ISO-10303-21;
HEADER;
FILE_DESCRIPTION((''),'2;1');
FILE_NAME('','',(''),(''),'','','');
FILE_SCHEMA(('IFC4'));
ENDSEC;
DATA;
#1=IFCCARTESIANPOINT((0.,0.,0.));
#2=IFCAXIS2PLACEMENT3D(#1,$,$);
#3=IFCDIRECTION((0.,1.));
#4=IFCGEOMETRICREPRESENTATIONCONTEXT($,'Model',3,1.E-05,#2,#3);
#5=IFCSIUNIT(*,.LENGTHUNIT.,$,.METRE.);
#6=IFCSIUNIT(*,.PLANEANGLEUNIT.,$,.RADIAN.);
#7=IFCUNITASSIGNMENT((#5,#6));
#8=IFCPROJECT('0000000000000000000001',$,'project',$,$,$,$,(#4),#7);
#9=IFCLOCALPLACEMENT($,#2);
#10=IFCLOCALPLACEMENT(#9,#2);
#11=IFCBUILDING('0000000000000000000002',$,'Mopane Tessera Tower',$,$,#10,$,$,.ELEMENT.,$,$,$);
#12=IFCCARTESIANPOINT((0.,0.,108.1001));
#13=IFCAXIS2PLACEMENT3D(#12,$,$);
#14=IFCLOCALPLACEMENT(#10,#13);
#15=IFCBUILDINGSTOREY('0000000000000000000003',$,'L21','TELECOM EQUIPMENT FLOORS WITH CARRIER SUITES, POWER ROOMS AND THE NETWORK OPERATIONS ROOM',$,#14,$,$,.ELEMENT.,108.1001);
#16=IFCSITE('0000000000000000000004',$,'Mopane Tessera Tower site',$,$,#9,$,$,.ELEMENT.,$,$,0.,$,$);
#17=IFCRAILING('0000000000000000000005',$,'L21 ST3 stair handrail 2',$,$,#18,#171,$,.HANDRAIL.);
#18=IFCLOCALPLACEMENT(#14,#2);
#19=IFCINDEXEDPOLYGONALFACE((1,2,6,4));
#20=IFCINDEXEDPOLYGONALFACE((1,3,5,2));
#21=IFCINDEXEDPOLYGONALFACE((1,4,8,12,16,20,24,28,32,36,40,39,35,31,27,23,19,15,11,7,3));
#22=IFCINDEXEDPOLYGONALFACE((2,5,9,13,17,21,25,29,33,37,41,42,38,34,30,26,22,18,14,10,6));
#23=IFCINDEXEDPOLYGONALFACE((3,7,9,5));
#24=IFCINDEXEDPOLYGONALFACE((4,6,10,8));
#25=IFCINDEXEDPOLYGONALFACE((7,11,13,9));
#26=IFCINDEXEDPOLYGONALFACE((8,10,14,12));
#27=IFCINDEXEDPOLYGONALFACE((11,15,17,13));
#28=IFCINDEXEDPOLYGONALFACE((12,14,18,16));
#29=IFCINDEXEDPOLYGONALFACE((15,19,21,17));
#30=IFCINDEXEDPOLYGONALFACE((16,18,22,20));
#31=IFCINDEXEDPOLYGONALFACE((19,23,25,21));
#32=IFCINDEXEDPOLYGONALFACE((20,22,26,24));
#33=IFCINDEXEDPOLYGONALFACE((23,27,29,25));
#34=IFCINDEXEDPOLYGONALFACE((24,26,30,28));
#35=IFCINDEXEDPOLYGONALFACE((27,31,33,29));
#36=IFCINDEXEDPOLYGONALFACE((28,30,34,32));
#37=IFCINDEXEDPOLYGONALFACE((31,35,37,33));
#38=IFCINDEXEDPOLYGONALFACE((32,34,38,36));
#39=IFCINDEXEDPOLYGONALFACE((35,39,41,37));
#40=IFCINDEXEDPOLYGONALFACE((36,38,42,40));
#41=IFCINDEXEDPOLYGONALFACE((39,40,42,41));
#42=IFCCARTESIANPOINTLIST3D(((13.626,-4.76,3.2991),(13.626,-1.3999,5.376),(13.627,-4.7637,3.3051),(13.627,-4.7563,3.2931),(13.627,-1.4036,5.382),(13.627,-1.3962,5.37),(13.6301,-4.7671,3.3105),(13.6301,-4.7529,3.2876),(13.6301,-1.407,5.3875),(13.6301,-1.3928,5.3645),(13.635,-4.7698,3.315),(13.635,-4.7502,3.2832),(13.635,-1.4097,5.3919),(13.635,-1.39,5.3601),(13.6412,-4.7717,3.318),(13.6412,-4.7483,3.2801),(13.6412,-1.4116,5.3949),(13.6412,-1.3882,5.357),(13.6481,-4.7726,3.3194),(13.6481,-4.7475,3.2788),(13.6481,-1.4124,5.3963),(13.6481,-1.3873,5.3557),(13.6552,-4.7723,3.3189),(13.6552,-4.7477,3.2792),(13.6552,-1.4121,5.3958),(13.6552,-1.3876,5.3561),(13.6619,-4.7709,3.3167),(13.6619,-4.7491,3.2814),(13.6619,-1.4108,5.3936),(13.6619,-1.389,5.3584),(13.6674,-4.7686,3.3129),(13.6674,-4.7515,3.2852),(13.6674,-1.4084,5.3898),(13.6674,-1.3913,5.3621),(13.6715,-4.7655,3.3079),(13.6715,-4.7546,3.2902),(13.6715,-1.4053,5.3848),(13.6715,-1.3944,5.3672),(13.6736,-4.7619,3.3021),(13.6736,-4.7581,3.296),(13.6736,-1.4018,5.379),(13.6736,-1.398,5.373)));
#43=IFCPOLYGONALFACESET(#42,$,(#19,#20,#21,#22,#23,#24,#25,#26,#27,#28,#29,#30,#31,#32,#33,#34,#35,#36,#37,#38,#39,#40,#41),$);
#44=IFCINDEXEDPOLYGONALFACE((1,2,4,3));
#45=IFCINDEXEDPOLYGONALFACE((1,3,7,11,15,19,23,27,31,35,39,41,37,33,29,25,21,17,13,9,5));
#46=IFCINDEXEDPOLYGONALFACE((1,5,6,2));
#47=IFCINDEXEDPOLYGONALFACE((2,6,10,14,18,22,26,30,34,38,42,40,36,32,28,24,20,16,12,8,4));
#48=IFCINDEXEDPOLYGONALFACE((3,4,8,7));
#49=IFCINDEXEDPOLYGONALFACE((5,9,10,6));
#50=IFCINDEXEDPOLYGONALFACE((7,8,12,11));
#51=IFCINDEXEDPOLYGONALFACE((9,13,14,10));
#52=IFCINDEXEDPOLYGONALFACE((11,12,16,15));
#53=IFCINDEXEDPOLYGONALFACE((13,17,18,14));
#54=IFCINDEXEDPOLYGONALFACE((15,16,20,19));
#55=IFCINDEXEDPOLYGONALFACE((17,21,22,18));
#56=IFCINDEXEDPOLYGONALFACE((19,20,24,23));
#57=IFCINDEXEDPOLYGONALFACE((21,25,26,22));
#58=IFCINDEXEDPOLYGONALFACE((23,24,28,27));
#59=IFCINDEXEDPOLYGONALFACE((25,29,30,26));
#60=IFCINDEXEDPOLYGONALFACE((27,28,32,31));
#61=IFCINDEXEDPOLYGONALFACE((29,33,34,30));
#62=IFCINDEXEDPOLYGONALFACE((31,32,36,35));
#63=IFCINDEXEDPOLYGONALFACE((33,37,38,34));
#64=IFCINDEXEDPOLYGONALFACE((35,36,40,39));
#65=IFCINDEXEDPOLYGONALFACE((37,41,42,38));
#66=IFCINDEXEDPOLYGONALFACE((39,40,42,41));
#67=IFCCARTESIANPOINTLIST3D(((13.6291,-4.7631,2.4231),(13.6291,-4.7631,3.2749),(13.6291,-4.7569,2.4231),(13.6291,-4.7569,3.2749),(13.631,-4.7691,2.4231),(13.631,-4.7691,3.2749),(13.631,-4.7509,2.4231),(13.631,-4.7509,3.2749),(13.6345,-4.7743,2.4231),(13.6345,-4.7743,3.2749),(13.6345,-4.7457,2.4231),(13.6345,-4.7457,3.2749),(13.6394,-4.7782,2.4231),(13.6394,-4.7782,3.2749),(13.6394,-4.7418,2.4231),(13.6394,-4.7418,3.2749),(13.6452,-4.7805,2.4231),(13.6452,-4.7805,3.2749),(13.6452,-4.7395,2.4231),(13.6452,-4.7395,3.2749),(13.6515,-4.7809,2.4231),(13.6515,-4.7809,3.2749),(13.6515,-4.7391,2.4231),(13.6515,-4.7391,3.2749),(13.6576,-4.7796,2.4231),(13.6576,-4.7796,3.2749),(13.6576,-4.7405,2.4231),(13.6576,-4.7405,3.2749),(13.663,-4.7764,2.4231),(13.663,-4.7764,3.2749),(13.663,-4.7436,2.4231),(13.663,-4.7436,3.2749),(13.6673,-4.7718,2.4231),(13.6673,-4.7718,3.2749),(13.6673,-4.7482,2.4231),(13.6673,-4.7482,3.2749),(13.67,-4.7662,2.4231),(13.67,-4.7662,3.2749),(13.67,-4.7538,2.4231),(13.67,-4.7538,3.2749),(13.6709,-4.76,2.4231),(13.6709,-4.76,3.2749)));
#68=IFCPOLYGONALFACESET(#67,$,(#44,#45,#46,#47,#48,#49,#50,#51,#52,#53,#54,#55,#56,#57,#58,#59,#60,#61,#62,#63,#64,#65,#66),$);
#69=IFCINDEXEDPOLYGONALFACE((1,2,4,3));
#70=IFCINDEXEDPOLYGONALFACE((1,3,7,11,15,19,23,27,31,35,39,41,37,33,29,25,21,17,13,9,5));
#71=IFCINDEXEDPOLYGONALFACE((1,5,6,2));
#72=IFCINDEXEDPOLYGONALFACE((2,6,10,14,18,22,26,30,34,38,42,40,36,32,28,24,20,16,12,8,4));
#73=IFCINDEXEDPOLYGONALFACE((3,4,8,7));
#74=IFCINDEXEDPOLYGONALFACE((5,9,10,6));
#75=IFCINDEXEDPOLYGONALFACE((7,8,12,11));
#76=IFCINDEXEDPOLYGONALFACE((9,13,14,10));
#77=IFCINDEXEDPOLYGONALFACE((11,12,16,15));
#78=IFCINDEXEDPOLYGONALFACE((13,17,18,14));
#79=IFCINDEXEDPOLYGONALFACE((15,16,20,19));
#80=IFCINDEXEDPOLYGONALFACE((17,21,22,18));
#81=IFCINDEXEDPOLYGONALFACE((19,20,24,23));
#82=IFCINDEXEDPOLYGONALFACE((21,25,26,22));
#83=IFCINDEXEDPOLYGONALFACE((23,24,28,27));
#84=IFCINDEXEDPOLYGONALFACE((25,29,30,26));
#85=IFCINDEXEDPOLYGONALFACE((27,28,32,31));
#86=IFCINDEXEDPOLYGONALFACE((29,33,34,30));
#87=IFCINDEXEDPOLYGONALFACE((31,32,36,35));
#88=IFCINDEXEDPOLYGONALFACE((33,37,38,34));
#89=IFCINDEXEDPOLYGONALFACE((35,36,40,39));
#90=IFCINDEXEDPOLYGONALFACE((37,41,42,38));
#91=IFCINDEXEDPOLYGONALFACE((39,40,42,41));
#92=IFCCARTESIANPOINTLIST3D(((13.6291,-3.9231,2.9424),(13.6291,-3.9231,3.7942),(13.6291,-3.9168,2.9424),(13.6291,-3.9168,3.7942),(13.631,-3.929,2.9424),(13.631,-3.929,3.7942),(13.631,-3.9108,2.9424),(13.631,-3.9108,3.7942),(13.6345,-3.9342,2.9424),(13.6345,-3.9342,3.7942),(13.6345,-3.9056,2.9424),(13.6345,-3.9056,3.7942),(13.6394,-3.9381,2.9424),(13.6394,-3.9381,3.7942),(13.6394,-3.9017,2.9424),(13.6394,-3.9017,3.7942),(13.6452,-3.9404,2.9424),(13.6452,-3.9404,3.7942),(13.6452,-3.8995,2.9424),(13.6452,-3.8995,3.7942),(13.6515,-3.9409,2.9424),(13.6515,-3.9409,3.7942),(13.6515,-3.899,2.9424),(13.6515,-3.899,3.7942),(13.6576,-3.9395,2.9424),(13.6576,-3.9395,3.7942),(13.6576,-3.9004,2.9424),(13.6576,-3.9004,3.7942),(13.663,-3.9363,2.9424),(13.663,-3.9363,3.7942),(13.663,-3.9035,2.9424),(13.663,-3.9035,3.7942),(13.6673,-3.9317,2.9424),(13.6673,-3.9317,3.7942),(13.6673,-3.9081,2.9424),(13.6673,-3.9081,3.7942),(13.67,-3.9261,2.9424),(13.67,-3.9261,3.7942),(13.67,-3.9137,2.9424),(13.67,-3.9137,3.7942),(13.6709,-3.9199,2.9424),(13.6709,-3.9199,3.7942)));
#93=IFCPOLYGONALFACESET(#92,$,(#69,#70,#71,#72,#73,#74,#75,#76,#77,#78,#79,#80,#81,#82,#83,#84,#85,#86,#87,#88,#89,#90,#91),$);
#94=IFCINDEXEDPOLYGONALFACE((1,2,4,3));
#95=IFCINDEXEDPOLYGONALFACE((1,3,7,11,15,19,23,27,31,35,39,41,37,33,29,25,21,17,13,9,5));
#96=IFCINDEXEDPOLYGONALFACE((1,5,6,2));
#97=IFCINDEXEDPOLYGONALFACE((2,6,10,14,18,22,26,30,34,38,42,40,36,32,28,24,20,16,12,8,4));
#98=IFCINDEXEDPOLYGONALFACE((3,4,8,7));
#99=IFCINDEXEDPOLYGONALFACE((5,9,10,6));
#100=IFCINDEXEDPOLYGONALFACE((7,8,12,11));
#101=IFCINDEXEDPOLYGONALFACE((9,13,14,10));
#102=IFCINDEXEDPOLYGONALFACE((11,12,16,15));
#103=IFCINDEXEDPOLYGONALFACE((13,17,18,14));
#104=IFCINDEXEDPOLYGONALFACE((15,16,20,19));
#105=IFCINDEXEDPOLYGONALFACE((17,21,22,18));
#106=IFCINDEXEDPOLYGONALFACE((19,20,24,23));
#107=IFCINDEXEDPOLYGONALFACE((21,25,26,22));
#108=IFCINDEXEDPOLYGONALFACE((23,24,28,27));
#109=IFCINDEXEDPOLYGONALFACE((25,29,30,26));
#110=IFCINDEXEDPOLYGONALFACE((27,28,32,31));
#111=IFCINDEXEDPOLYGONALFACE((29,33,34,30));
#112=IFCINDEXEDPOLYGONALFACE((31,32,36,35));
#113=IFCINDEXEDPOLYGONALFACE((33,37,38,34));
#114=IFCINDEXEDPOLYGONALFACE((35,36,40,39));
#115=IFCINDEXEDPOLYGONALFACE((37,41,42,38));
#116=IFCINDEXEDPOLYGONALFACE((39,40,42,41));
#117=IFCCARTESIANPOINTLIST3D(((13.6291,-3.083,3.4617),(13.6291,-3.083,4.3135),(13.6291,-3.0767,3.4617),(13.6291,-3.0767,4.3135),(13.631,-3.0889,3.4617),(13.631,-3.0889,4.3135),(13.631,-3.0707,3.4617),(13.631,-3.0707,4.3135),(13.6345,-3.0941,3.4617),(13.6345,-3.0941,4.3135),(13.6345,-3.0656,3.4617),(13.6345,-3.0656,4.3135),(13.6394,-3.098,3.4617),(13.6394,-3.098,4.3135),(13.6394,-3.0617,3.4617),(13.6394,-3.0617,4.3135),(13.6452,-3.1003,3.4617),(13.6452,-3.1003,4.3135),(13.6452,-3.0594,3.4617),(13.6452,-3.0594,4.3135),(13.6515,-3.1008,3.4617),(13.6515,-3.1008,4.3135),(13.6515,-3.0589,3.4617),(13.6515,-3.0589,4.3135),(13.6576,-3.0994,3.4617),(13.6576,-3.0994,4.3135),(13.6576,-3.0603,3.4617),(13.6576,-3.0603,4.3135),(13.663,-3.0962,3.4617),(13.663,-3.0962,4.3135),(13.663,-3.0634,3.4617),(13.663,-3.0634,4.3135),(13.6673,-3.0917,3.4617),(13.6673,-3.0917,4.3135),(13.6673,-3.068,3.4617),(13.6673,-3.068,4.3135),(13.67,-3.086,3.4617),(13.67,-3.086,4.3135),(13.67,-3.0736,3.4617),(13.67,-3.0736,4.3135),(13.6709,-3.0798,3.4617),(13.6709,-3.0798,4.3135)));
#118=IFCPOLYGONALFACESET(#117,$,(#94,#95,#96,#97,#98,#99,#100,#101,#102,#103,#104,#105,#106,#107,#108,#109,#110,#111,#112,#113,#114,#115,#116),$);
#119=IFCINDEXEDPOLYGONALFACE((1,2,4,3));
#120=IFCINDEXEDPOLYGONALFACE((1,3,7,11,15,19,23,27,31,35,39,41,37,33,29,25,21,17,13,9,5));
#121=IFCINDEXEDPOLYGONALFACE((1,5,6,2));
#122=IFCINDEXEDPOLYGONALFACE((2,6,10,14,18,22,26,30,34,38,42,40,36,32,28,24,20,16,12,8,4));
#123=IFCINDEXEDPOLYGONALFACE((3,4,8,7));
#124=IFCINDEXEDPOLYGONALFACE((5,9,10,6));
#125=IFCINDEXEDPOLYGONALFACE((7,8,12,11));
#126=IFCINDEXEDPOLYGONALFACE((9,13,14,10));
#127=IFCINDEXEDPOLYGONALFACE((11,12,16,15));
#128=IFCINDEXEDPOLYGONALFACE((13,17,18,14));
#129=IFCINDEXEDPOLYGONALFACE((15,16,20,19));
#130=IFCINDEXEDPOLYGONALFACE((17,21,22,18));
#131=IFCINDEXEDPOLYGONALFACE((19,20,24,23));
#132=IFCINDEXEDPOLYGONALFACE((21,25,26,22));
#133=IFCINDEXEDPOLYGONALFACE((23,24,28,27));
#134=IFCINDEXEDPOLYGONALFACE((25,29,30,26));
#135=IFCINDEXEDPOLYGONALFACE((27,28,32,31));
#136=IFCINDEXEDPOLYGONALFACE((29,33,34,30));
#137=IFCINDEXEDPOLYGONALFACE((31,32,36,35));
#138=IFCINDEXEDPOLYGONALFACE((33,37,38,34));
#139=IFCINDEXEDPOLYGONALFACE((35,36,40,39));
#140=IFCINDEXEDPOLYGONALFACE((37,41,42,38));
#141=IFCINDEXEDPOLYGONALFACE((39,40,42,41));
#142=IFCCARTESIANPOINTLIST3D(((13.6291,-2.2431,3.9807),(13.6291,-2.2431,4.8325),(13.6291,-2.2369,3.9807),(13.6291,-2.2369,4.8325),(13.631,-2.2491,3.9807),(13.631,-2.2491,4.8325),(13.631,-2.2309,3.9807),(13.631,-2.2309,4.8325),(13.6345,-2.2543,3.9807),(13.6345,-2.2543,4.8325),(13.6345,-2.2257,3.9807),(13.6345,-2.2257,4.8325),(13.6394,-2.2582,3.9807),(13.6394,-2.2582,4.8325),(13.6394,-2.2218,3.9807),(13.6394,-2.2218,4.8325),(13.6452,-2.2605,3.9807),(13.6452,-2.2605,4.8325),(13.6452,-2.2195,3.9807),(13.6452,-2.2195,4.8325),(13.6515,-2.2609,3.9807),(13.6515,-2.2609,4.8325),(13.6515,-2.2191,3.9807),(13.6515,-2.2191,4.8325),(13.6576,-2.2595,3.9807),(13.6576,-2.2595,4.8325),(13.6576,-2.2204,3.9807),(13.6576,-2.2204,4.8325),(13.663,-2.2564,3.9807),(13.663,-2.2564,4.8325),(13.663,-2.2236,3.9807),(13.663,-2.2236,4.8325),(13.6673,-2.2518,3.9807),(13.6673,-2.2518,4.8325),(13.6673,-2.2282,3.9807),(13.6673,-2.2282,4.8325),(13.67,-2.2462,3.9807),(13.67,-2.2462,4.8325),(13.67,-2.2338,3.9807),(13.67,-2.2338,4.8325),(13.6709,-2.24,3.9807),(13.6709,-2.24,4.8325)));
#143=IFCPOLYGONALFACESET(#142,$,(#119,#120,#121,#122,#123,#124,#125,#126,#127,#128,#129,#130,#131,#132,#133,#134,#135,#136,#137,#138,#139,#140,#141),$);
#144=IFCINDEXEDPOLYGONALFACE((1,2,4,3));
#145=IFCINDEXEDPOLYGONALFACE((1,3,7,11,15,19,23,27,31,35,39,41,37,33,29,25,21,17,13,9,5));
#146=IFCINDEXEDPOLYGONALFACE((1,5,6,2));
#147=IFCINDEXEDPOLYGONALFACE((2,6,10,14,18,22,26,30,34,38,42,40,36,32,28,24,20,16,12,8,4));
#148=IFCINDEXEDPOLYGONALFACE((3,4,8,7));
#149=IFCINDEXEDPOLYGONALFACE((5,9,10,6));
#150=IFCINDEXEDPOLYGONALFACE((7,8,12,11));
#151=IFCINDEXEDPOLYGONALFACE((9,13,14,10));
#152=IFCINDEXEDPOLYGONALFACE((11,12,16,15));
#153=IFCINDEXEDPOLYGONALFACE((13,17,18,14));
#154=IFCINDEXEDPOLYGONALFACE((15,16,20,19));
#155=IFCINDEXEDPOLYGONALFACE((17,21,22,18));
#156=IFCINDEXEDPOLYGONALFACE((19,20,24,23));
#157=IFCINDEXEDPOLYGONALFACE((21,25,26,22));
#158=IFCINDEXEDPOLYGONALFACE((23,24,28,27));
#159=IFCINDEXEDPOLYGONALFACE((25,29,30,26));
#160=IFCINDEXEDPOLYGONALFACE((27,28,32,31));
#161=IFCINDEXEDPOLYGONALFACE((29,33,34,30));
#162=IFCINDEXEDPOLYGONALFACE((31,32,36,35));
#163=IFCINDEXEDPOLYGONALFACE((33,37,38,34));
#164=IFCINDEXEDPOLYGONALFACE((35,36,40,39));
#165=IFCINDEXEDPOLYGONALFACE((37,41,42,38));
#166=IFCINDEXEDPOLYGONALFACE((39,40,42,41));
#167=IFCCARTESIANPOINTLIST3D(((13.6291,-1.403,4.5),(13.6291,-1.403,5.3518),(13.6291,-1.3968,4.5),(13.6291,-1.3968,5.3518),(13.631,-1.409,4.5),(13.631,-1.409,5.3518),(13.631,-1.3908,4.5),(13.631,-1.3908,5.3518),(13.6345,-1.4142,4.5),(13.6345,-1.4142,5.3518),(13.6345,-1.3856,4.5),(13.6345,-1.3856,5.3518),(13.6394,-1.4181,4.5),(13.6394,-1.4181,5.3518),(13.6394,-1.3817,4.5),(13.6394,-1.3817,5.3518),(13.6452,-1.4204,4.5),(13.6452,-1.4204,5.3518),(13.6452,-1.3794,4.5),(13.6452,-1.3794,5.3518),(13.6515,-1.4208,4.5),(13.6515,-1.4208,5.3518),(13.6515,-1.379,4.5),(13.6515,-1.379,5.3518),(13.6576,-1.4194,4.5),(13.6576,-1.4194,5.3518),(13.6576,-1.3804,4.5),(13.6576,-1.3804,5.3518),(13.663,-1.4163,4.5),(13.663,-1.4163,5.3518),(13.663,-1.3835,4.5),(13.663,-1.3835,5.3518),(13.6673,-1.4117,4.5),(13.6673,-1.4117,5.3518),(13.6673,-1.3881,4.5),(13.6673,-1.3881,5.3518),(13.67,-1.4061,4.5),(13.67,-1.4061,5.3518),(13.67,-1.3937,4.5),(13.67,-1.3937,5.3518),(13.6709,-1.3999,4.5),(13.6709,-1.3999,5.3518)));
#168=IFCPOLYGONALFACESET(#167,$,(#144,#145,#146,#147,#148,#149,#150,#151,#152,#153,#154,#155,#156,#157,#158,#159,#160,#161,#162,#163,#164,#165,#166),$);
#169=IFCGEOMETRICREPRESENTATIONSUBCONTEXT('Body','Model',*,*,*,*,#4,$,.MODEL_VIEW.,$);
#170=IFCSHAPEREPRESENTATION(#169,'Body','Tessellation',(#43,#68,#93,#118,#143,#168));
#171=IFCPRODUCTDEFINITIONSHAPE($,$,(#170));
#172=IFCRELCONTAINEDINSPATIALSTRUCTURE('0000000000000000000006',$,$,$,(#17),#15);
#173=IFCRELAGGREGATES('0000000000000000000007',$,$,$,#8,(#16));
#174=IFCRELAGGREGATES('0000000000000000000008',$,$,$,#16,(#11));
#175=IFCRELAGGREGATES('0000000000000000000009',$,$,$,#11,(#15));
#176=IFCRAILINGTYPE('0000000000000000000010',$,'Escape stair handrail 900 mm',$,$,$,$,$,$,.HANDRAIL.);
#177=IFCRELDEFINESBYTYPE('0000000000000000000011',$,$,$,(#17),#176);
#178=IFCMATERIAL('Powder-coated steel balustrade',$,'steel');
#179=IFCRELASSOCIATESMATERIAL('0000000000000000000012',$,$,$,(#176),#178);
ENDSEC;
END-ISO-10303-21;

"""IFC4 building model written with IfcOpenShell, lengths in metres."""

from ifc_helpers import new_model, si_unit, direction, frame, origin, origin_2d, place, context, subcontext, project, spatial, circle, extrude, material, type_object, element, save


model = new_model("IFC4")

# Units and contexts
model_context = context("Model", 3, precision=1e-05, world=origin(), true_north=direction((0.0, 1.0)))
body_context = subcontext(model_context, "Body", "Model", "MODEL_VIEW")
ifc_project = project(units=[si_unit("LENGTHUNIT", "METRE"), si_unit("PLANEANGLEUNIT", "RADIAN")], contexts=[model_context])

# Site, building, storey
site_placement = place(None, origin())
site = spatial("IfcSite", under=ifc_project, at=site_placement, Name="Mopane Tessera Tower site", CompositionType="ELEMENT", RefElevation=0.0)
building_placement = place(site_placement, origin())
building = spatial("IfcBuilding", under=site, at=building_placement, Name="Mopane Tessera Tower", CompositionType="ELEMENT")
storey_placement = place(building_placement, frame((0.0, 0.0, 108.1001)))
storey = spatial("IfcBuildingStorey", under=building, at=storey_placement, Name="L21", Description="TELECOM EQUIPMENT FLOORS WITH CARRIER SUITES, POWER ROOMS AND THE NETWORK OPERATIONS ROOM", CompositionType="ELEMENT", Elevation=108.1001)

# Railing
ifc_material_1 = material(Name="Powder-coated steel balustrade", Category="steel")
railing_type_1 = type_object("IfcRailingType", Name="Escape stair handrail 900 mm", PredefinedType="HANDRAIL", material=ifc_material_1)
railing_1_placement = place(storey_placement, frame((13.6499, -4.76, 2.4231)))
element("IfcRailing", 1, at=railing_1_placement, inside=storey, type_object=railing_type_1, Name="L21 ST3 stair handrail 2", PredefinedType="HANDRAIL", context=body_context, shape_type="SweptSolid", body=[
    extrude(circle(Radius=0.0239, at=origin_2d()), frame((0.0, 0.0, 0.876), z_axis=(0.0, 0.850623, 0.525776), x_axis=(-1.0, 0.0, 0.0)), (0.0, 0.0, 1.0), 3.9502),
    extrude(circle(Radius=0.021, at=origin_2d()), origin(), (0.0, 0.0, 1.0), 0.8518),
    extrude(circle(Radius=0.021, at=origin_2d()), frame((0.0, 0.8401, 0.5193)), (0.0, 0.0, 1.0), 0.8518),
    extrude(circle(Radius=0.021, at=origin_2d()), frame((0.0, 1.6802, 1.0386)), (0.0, 0.0, 1.0), 0.8518),
    extrude(circle(Radius=0.021, at=origin_2d()), frame((0.0, 2.52, 1.5576)), (0.0, 0.0, 1.0), 0.8518),
    extrude(circle(Radius=0.021, at=origin_2d()), frame((0.0, 3.3601, 2.0769)), (0.0, 0.0, 1.0), 0.8518),
])

save(model, "model.ifc")
